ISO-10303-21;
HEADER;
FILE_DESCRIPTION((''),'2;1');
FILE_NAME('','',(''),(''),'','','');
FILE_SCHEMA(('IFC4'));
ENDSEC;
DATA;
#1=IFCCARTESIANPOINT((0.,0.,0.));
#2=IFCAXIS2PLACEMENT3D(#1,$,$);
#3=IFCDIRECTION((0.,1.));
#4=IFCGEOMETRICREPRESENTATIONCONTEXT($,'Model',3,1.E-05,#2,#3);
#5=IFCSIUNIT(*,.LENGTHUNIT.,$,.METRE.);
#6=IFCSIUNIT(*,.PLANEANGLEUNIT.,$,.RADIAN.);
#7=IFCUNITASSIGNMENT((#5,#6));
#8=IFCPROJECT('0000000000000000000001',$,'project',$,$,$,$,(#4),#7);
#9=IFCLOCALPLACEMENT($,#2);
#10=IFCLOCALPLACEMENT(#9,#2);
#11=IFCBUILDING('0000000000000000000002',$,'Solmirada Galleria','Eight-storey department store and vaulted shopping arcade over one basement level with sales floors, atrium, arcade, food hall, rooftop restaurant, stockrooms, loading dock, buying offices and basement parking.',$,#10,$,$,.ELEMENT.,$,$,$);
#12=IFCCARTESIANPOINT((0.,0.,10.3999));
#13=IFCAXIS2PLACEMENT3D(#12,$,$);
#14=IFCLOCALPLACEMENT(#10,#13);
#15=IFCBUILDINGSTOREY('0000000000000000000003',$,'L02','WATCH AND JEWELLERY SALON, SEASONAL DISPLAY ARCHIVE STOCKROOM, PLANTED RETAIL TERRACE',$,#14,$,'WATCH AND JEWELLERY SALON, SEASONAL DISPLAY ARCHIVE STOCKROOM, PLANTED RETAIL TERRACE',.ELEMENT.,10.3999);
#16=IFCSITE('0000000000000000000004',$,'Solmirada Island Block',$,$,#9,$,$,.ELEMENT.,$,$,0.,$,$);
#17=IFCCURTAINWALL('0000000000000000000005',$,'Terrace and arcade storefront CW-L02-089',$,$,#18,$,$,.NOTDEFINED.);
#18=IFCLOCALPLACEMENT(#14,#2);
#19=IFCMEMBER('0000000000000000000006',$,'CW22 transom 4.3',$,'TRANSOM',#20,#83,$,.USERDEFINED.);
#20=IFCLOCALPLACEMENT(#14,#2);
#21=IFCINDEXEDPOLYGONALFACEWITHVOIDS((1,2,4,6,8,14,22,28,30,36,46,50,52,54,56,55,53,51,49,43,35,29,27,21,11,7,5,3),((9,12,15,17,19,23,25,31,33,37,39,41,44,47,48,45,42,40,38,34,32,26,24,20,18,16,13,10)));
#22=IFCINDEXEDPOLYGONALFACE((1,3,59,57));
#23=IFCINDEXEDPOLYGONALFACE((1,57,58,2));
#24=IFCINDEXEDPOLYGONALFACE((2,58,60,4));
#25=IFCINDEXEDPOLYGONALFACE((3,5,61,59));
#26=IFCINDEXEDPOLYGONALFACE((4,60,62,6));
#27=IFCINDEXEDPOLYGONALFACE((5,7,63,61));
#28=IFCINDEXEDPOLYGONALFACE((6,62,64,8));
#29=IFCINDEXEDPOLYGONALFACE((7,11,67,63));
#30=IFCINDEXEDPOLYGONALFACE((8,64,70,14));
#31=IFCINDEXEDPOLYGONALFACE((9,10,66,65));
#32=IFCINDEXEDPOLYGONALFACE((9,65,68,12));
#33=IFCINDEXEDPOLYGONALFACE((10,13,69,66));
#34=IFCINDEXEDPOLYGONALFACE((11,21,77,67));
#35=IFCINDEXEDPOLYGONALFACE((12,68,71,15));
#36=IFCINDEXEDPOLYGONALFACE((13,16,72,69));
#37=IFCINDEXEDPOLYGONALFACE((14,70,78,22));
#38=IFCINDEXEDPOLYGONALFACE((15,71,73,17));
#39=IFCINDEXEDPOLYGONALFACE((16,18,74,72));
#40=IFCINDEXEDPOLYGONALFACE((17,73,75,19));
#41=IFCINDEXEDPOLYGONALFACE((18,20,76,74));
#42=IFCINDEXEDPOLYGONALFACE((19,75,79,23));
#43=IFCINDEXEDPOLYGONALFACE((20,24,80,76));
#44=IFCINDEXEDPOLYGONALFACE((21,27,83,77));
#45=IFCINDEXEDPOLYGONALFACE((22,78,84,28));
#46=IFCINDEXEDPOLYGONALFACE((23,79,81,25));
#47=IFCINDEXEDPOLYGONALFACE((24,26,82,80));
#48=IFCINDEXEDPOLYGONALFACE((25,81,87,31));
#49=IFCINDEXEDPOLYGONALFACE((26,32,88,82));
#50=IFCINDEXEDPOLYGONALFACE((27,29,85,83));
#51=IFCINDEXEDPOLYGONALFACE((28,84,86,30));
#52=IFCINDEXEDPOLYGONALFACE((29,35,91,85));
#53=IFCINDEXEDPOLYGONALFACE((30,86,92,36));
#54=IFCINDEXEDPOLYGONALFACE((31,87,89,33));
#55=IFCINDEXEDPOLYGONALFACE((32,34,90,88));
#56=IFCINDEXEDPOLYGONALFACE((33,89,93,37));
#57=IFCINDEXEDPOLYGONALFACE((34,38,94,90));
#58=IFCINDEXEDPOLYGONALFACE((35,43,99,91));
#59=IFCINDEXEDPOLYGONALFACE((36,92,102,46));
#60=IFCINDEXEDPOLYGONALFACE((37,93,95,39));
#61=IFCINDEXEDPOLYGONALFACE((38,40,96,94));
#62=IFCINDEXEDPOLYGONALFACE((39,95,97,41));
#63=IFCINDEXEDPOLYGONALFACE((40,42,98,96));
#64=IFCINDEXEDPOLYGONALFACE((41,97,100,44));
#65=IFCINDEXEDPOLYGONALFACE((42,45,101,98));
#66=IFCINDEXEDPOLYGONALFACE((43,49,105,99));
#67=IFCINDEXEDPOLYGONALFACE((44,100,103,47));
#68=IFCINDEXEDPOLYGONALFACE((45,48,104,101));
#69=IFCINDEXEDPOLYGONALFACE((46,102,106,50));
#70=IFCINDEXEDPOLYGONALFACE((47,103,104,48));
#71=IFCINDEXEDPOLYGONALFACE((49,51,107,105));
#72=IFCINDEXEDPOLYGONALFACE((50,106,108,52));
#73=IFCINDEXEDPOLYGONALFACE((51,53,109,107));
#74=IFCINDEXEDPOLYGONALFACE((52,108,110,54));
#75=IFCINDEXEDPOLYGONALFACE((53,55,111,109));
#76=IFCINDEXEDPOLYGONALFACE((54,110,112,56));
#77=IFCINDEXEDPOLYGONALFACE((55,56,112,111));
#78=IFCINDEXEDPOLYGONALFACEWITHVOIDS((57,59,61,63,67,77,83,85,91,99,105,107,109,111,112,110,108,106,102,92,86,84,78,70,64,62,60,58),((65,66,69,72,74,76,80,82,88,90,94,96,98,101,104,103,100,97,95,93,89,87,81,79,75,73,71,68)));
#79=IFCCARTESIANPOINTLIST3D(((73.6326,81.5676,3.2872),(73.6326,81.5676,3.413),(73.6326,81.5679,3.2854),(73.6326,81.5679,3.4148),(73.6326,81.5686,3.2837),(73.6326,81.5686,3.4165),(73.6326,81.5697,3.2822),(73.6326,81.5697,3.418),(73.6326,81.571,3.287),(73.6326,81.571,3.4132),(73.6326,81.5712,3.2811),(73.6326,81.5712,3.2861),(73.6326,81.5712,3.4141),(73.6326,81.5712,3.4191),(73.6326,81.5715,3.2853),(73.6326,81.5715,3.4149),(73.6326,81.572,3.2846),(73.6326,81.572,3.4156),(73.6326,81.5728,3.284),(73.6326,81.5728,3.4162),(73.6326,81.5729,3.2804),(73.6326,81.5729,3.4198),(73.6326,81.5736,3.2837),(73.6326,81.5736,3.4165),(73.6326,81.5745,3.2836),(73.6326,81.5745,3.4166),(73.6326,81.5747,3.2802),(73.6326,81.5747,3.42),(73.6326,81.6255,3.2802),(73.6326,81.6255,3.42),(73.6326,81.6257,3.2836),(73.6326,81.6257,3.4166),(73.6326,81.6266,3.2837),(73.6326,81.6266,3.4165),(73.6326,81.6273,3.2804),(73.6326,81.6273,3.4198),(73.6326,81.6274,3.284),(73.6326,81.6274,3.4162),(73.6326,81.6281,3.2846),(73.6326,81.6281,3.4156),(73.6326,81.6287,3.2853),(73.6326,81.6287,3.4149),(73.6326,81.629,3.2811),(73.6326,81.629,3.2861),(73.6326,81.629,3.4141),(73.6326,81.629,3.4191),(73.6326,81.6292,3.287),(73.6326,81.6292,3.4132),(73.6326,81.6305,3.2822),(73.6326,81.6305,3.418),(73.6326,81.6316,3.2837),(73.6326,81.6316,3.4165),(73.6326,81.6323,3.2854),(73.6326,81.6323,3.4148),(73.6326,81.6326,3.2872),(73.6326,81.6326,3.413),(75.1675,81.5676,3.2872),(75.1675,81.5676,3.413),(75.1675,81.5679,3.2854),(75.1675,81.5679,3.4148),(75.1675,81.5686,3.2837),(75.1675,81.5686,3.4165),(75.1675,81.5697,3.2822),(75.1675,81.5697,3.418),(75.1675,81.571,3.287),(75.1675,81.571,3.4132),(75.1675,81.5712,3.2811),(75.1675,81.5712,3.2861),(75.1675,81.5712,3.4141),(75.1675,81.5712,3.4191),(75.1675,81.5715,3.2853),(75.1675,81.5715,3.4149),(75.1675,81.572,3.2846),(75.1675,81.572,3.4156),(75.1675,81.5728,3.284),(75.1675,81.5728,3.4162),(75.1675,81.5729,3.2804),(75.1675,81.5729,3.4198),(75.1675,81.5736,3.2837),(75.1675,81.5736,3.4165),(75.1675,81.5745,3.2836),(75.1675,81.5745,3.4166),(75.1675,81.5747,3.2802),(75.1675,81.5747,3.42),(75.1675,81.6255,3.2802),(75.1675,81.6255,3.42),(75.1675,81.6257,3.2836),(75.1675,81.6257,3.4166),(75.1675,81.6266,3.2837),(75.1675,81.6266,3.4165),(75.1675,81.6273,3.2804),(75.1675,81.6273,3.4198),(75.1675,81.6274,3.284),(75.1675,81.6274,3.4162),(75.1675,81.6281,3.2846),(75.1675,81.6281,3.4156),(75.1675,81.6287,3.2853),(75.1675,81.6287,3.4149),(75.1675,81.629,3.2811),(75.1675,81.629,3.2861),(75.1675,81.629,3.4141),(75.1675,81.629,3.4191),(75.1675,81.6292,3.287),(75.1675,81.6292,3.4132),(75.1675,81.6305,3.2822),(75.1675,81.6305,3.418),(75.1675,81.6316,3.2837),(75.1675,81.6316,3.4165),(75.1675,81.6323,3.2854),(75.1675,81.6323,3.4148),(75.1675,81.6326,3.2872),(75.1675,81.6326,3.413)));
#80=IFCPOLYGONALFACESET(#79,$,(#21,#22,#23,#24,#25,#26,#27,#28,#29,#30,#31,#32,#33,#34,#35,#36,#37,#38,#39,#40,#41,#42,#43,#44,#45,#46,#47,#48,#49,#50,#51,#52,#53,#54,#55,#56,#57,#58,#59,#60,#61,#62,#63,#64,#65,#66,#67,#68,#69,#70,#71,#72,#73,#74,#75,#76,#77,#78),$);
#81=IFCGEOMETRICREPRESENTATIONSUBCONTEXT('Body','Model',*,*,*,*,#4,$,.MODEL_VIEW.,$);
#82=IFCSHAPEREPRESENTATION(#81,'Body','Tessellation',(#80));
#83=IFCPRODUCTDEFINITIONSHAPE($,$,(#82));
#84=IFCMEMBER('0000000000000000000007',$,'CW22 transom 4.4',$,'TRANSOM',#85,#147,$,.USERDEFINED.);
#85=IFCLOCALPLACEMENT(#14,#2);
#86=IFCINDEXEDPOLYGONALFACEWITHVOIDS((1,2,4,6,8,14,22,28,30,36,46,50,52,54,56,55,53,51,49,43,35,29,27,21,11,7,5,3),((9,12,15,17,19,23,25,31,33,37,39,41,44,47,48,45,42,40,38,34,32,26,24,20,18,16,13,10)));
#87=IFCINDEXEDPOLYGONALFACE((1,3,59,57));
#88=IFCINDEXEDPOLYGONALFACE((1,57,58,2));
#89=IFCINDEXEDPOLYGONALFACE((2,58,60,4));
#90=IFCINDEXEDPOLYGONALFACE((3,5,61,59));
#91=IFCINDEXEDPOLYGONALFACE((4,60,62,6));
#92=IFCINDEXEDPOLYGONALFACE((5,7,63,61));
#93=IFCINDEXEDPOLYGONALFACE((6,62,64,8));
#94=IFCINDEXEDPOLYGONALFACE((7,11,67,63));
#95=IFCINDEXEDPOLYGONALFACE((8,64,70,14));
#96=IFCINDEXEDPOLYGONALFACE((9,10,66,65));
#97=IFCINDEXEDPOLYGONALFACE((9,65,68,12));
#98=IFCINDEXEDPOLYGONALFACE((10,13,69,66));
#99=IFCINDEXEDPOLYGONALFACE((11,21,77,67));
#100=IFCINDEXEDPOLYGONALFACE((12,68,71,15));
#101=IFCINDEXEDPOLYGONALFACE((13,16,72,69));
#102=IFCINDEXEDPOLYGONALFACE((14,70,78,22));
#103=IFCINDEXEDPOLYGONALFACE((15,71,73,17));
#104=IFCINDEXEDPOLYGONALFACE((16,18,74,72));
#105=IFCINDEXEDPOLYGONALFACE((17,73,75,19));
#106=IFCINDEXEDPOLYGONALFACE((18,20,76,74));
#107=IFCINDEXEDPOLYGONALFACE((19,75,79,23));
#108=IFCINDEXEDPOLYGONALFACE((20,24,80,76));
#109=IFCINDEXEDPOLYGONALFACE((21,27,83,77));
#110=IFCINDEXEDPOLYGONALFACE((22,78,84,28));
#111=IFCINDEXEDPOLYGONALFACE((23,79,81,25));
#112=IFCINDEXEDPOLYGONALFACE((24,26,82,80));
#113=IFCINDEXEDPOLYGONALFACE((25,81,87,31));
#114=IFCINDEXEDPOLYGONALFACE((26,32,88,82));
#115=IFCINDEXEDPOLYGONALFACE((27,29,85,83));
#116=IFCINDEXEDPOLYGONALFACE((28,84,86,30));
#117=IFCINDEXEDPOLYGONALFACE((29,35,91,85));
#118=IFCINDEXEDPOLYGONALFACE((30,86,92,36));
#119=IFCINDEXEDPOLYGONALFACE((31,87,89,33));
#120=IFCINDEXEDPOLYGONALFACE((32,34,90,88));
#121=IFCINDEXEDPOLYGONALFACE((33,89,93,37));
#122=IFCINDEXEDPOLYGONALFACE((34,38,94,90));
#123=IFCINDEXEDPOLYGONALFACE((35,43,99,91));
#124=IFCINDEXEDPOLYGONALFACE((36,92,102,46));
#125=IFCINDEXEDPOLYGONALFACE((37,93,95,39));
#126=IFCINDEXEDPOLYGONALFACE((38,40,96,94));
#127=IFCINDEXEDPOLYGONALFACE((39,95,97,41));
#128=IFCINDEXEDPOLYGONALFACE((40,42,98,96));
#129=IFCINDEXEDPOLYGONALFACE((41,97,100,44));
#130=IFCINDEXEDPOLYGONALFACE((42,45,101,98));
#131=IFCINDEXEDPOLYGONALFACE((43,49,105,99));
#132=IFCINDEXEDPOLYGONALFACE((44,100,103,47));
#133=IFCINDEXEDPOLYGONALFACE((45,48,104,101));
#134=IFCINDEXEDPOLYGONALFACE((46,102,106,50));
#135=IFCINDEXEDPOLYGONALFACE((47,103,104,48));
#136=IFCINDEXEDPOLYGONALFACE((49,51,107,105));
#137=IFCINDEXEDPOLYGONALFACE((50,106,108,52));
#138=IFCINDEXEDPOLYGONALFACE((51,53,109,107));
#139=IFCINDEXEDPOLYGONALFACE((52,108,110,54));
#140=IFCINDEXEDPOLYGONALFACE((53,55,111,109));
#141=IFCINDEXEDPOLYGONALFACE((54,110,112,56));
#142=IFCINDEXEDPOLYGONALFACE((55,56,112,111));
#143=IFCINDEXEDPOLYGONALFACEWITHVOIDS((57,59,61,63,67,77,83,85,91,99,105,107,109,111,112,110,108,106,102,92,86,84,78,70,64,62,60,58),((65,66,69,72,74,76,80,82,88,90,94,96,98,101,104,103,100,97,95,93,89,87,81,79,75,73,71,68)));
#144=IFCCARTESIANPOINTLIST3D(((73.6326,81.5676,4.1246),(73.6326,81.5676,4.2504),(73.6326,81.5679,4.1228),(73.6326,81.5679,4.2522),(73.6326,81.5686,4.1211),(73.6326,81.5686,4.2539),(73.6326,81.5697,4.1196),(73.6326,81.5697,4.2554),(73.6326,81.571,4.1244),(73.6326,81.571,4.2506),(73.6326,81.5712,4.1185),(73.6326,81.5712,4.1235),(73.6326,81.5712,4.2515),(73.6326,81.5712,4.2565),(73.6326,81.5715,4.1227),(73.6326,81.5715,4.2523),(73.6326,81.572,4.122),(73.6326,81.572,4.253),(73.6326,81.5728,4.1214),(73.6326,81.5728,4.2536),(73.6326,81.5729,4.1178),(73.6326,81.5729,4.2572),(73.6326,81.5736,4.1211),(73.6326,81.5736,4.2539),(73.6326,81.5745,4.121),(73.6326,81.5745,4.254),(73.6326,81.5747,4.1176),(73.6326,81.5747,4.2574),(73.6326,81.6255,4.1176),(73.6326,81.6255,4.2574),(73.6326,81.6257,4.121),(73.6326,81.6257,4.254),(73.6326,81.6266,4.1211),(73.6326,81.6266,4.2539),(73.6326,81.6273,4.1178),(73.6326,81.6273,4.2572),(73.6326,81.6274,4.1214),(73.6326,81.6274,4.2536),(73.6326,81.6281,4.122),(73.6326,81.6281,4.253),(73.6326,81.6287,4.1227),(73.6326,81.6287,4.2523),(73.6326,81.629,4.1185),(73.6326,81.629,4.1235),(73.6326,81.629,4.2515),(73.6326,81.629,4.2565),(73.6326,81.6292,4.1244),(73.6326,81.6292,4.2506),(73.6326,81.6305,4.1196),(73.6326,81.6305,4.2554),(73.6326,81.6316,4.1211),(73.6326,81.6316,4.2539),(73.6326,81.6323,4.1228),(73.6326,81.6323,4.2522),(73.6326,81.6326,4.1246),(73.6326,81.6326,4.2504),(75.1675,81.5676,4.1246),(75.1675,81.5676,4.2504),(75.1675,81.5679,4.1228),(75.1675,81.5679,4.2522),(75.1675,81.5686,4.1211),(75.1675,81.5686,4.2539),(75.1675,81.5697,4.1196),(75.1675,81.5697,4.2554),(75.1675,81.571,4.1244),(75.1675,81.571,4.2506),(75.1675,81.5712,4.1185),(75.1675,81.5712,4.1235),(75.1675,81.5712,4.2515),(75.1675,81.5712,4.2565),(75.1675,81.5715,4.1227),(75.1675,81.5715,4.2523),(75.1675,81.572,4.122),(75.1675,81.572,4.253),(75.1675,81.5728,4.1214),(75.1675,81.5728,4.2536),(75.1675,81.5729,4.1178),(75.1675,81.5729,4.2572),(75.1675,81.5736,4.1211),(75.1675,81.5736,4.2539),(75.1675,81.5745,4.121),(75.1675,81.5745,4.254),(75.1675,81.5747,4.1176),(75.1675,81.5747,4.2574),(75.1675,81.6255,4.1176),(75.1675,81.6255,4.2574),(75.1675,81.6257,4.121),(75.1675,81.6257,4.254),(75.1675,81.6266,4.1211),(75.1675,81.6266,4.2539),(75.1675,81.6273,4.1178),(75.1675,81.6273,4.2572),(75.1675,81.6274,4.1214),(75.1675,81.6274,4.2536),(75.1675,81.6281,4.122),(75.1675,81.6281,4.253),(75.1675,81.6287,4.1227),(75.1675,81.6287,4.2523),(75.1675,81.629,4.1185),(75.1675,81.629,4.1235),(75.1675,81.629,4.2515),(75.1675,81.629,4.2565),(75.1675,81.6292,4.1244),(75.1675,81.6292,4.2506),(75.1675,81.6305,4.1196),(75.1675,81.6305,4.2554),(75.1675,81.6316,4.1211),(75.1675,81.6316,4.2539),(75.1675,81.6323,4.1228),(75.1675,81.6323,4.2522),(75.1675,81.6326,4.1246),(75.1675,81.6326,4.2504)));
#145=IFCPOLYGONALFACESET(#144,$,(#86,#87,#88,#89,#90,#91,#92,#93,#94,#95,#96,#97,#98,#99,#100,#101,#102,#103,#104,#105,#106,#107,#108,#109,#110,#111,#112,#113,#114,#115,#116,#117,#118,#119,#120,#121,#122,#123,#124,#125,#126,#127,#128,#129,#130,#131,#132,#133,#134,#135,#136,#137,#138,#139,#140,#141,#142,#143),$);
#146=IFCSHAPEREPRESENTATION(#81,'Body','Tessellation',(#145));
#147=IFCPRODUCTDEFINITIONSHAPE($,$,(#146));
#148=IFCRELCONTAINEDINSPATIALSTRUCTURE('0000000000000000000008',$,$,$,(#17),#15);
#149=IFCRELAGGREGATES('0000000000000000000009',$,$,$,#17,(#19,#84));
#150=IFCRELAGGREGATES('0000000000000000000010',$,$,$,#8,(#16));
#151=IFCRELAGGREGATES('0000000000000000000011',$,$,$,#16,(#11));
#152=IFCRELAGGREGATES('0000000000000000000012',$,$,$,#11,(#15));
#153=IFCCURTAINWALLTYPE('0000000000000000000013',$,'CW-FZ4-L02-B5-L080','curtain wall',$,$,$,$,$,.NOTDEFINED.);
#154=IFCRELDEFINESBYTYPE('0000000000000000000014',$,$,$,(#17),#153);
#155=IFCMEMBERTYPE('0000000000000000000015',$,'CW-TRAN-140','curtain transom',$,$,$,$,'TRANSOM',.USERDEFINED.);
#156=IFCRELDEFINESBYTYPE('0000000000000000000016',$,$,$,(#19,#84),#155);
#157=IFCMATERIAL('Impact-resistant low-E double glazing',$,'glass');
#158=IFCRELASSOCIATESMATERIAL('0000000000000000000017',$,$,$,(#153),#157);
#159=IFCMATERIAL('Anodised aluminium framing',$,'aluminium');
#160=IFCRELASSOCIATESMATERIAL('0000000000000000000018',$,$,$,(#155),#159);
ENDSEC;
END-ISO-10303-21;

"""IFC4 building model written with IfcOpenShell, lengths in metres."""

from ifc_helpers import new_model, si_unit, direction, frame, origin, origin_2d, place, context, subcontext, project, spatial, hollow_rectangle, extrude, material, material_profile, profile_set, type_object, element, aggregate, save


model = new_model("IFC4")

# Units and contexts
model_context = context("Model", 3, precision=1e-05, world=origin(), true_north=direction((0.0, 1.0)))
body_context = subcontext(model_context, "Body", "Model", "MODEL_VIEW")
ifc_project = project(units=[si_unit("LENGTHUNIT", "METRE"), si_unit("PLANEANGLEUNIT", "RADIAN")], contexts=[model_context])

# Site, building, storey
site_placement = place(None, origin())
site = spatial("IfcSite", under=ifc_project, at=site_placement, Name="Solmirada Island Block", CompositionType="ELEMENT", RefElevation=0.0)
building_placement = place(site_placement, origin())
building = spatial("IfcBuilding", under=site, at=building_placement, Name="Solmirada Galleria", Description="Eight-storey department store and vaulted shopping arcade over one basement level with sales floors, atrium, arcade, food hall, rooftop restaurant, stockrooms, loading dock, buying offices and basement parking.", CompositionType="ELEMENT")
storey_placement = place(building_placement, frame((0.0, 0.0, 10.3999)))
storey = spatial("IfcBuildingStorey", under=building, at=storey_placement, Name="L02", Description="WATCH AND JEWELLERY SALON, SEASONAL DISPLAY ARCHIVE STOCKROOM, PLANTED RETAIL TERRACE", LongName="WATCH AND JEWELLERY SALON, SEASONAL DISPLAY ARCHIVE STOCKROOM, PLANTED RETAIL TERRACE", CompositionType="ELEMENT", Elevation=10.3999)

# Shared definitions
ifc_material_1 = material(Name="Impact-resistant low-E double glazing", Category="glass")
curtain_wall_type = type_object("IfcCurtainWallType", Name="CW-FZ4-L02-B5-L080", Description="curtain wall", PredefinedType="NOTDEFINED", material=ifc_material_1)
ifc_material_2 = material(Name="Anodised aluminium framing", Category="aluminium")

# Curtain wall, members
curtain_wall_1_placement = place(storey_placement, origin())
curtain_wall_1 = element("IfcCurtainWall", 1, at=curtain_wall_1_placement, inside=storey, type_object=curtain_wall_type, Name="Terrace and arcade storefront CW-L02-089", PredefinedType="NOTDEFINED")
ifc_material_profile_1 = material_profile(ifc_material_2, hollow_rectangle(XDim=0.0649, YDim=0.1399, WallThickness=0.0034, InnerFilletRadius=0.0034, OuterFilletRadius=0.0071, at=origin_2d()), Name="ALU-TRAN-140X65")
ifc_profile_set_1 = profile_set([ifc_material_profile_1], Name="Anodised aluminium framing")
member_type_1 = type_object("IfcMemberType", Name="CW-TRAN-140", Description="curtain transom", ElementType="TRANSOM", PredefinedType="USERDEFINED", material=ifc_profile_set_1)
member_1_placement = place(storey_placement, frame((75.1675, 81.6001, 3.3501), z_axis=(-1.0, 0.0, 0.0), x_axis=(0.0, -1.0, 0.0)))
member_1 = element("IfcMember", 2, at=member_1_placement, type_object=member_type_1, Name="CW22 transom 4.3", ObjectType="TRANSOM", PredefinedType="USERDEFINED", context=body_context, shape_type="SweptSolid", body=[
    extrude(hollow_rectangle(XDim=0.0649, YDim=0.1399, WallThickness=0.0034, InnerFilletRadius=0.0034, OuterFilletRadius=0.0071, at=origin_2d()), origin(), (0.0, 0.0, 1.0), 1.5349),
])
member_2_placement = place(storey_placement, frame((75.1675, 81.6001, 4.1875), z_axis=(-1.0, 0.0, 0.0), x_axis=(0.0, -1.0, 0.0)))
member_2 = element("IfcMember", 3, at=member_2_placement, type_object=member_type_1, Name="CW22 transom 4.4", ObjectType="TRANSOM", PredefinedType="USERDEFINED", context=body_context, shape_type="SweptSolid", body=[
    extrude(hollow_rectangle(XDim=0.0649, YDim=0.1399, WallThickness=0.0034, InnerFilletRadius=0.0034, OuterFilletRadius=0.0071, at=origin_2d()), origin(), (0.0, 0.0, 1.0), 1.5349),
])

aggregate(curtain_wall_1, [member_1, member_2])

save(model, "model.ifc")
